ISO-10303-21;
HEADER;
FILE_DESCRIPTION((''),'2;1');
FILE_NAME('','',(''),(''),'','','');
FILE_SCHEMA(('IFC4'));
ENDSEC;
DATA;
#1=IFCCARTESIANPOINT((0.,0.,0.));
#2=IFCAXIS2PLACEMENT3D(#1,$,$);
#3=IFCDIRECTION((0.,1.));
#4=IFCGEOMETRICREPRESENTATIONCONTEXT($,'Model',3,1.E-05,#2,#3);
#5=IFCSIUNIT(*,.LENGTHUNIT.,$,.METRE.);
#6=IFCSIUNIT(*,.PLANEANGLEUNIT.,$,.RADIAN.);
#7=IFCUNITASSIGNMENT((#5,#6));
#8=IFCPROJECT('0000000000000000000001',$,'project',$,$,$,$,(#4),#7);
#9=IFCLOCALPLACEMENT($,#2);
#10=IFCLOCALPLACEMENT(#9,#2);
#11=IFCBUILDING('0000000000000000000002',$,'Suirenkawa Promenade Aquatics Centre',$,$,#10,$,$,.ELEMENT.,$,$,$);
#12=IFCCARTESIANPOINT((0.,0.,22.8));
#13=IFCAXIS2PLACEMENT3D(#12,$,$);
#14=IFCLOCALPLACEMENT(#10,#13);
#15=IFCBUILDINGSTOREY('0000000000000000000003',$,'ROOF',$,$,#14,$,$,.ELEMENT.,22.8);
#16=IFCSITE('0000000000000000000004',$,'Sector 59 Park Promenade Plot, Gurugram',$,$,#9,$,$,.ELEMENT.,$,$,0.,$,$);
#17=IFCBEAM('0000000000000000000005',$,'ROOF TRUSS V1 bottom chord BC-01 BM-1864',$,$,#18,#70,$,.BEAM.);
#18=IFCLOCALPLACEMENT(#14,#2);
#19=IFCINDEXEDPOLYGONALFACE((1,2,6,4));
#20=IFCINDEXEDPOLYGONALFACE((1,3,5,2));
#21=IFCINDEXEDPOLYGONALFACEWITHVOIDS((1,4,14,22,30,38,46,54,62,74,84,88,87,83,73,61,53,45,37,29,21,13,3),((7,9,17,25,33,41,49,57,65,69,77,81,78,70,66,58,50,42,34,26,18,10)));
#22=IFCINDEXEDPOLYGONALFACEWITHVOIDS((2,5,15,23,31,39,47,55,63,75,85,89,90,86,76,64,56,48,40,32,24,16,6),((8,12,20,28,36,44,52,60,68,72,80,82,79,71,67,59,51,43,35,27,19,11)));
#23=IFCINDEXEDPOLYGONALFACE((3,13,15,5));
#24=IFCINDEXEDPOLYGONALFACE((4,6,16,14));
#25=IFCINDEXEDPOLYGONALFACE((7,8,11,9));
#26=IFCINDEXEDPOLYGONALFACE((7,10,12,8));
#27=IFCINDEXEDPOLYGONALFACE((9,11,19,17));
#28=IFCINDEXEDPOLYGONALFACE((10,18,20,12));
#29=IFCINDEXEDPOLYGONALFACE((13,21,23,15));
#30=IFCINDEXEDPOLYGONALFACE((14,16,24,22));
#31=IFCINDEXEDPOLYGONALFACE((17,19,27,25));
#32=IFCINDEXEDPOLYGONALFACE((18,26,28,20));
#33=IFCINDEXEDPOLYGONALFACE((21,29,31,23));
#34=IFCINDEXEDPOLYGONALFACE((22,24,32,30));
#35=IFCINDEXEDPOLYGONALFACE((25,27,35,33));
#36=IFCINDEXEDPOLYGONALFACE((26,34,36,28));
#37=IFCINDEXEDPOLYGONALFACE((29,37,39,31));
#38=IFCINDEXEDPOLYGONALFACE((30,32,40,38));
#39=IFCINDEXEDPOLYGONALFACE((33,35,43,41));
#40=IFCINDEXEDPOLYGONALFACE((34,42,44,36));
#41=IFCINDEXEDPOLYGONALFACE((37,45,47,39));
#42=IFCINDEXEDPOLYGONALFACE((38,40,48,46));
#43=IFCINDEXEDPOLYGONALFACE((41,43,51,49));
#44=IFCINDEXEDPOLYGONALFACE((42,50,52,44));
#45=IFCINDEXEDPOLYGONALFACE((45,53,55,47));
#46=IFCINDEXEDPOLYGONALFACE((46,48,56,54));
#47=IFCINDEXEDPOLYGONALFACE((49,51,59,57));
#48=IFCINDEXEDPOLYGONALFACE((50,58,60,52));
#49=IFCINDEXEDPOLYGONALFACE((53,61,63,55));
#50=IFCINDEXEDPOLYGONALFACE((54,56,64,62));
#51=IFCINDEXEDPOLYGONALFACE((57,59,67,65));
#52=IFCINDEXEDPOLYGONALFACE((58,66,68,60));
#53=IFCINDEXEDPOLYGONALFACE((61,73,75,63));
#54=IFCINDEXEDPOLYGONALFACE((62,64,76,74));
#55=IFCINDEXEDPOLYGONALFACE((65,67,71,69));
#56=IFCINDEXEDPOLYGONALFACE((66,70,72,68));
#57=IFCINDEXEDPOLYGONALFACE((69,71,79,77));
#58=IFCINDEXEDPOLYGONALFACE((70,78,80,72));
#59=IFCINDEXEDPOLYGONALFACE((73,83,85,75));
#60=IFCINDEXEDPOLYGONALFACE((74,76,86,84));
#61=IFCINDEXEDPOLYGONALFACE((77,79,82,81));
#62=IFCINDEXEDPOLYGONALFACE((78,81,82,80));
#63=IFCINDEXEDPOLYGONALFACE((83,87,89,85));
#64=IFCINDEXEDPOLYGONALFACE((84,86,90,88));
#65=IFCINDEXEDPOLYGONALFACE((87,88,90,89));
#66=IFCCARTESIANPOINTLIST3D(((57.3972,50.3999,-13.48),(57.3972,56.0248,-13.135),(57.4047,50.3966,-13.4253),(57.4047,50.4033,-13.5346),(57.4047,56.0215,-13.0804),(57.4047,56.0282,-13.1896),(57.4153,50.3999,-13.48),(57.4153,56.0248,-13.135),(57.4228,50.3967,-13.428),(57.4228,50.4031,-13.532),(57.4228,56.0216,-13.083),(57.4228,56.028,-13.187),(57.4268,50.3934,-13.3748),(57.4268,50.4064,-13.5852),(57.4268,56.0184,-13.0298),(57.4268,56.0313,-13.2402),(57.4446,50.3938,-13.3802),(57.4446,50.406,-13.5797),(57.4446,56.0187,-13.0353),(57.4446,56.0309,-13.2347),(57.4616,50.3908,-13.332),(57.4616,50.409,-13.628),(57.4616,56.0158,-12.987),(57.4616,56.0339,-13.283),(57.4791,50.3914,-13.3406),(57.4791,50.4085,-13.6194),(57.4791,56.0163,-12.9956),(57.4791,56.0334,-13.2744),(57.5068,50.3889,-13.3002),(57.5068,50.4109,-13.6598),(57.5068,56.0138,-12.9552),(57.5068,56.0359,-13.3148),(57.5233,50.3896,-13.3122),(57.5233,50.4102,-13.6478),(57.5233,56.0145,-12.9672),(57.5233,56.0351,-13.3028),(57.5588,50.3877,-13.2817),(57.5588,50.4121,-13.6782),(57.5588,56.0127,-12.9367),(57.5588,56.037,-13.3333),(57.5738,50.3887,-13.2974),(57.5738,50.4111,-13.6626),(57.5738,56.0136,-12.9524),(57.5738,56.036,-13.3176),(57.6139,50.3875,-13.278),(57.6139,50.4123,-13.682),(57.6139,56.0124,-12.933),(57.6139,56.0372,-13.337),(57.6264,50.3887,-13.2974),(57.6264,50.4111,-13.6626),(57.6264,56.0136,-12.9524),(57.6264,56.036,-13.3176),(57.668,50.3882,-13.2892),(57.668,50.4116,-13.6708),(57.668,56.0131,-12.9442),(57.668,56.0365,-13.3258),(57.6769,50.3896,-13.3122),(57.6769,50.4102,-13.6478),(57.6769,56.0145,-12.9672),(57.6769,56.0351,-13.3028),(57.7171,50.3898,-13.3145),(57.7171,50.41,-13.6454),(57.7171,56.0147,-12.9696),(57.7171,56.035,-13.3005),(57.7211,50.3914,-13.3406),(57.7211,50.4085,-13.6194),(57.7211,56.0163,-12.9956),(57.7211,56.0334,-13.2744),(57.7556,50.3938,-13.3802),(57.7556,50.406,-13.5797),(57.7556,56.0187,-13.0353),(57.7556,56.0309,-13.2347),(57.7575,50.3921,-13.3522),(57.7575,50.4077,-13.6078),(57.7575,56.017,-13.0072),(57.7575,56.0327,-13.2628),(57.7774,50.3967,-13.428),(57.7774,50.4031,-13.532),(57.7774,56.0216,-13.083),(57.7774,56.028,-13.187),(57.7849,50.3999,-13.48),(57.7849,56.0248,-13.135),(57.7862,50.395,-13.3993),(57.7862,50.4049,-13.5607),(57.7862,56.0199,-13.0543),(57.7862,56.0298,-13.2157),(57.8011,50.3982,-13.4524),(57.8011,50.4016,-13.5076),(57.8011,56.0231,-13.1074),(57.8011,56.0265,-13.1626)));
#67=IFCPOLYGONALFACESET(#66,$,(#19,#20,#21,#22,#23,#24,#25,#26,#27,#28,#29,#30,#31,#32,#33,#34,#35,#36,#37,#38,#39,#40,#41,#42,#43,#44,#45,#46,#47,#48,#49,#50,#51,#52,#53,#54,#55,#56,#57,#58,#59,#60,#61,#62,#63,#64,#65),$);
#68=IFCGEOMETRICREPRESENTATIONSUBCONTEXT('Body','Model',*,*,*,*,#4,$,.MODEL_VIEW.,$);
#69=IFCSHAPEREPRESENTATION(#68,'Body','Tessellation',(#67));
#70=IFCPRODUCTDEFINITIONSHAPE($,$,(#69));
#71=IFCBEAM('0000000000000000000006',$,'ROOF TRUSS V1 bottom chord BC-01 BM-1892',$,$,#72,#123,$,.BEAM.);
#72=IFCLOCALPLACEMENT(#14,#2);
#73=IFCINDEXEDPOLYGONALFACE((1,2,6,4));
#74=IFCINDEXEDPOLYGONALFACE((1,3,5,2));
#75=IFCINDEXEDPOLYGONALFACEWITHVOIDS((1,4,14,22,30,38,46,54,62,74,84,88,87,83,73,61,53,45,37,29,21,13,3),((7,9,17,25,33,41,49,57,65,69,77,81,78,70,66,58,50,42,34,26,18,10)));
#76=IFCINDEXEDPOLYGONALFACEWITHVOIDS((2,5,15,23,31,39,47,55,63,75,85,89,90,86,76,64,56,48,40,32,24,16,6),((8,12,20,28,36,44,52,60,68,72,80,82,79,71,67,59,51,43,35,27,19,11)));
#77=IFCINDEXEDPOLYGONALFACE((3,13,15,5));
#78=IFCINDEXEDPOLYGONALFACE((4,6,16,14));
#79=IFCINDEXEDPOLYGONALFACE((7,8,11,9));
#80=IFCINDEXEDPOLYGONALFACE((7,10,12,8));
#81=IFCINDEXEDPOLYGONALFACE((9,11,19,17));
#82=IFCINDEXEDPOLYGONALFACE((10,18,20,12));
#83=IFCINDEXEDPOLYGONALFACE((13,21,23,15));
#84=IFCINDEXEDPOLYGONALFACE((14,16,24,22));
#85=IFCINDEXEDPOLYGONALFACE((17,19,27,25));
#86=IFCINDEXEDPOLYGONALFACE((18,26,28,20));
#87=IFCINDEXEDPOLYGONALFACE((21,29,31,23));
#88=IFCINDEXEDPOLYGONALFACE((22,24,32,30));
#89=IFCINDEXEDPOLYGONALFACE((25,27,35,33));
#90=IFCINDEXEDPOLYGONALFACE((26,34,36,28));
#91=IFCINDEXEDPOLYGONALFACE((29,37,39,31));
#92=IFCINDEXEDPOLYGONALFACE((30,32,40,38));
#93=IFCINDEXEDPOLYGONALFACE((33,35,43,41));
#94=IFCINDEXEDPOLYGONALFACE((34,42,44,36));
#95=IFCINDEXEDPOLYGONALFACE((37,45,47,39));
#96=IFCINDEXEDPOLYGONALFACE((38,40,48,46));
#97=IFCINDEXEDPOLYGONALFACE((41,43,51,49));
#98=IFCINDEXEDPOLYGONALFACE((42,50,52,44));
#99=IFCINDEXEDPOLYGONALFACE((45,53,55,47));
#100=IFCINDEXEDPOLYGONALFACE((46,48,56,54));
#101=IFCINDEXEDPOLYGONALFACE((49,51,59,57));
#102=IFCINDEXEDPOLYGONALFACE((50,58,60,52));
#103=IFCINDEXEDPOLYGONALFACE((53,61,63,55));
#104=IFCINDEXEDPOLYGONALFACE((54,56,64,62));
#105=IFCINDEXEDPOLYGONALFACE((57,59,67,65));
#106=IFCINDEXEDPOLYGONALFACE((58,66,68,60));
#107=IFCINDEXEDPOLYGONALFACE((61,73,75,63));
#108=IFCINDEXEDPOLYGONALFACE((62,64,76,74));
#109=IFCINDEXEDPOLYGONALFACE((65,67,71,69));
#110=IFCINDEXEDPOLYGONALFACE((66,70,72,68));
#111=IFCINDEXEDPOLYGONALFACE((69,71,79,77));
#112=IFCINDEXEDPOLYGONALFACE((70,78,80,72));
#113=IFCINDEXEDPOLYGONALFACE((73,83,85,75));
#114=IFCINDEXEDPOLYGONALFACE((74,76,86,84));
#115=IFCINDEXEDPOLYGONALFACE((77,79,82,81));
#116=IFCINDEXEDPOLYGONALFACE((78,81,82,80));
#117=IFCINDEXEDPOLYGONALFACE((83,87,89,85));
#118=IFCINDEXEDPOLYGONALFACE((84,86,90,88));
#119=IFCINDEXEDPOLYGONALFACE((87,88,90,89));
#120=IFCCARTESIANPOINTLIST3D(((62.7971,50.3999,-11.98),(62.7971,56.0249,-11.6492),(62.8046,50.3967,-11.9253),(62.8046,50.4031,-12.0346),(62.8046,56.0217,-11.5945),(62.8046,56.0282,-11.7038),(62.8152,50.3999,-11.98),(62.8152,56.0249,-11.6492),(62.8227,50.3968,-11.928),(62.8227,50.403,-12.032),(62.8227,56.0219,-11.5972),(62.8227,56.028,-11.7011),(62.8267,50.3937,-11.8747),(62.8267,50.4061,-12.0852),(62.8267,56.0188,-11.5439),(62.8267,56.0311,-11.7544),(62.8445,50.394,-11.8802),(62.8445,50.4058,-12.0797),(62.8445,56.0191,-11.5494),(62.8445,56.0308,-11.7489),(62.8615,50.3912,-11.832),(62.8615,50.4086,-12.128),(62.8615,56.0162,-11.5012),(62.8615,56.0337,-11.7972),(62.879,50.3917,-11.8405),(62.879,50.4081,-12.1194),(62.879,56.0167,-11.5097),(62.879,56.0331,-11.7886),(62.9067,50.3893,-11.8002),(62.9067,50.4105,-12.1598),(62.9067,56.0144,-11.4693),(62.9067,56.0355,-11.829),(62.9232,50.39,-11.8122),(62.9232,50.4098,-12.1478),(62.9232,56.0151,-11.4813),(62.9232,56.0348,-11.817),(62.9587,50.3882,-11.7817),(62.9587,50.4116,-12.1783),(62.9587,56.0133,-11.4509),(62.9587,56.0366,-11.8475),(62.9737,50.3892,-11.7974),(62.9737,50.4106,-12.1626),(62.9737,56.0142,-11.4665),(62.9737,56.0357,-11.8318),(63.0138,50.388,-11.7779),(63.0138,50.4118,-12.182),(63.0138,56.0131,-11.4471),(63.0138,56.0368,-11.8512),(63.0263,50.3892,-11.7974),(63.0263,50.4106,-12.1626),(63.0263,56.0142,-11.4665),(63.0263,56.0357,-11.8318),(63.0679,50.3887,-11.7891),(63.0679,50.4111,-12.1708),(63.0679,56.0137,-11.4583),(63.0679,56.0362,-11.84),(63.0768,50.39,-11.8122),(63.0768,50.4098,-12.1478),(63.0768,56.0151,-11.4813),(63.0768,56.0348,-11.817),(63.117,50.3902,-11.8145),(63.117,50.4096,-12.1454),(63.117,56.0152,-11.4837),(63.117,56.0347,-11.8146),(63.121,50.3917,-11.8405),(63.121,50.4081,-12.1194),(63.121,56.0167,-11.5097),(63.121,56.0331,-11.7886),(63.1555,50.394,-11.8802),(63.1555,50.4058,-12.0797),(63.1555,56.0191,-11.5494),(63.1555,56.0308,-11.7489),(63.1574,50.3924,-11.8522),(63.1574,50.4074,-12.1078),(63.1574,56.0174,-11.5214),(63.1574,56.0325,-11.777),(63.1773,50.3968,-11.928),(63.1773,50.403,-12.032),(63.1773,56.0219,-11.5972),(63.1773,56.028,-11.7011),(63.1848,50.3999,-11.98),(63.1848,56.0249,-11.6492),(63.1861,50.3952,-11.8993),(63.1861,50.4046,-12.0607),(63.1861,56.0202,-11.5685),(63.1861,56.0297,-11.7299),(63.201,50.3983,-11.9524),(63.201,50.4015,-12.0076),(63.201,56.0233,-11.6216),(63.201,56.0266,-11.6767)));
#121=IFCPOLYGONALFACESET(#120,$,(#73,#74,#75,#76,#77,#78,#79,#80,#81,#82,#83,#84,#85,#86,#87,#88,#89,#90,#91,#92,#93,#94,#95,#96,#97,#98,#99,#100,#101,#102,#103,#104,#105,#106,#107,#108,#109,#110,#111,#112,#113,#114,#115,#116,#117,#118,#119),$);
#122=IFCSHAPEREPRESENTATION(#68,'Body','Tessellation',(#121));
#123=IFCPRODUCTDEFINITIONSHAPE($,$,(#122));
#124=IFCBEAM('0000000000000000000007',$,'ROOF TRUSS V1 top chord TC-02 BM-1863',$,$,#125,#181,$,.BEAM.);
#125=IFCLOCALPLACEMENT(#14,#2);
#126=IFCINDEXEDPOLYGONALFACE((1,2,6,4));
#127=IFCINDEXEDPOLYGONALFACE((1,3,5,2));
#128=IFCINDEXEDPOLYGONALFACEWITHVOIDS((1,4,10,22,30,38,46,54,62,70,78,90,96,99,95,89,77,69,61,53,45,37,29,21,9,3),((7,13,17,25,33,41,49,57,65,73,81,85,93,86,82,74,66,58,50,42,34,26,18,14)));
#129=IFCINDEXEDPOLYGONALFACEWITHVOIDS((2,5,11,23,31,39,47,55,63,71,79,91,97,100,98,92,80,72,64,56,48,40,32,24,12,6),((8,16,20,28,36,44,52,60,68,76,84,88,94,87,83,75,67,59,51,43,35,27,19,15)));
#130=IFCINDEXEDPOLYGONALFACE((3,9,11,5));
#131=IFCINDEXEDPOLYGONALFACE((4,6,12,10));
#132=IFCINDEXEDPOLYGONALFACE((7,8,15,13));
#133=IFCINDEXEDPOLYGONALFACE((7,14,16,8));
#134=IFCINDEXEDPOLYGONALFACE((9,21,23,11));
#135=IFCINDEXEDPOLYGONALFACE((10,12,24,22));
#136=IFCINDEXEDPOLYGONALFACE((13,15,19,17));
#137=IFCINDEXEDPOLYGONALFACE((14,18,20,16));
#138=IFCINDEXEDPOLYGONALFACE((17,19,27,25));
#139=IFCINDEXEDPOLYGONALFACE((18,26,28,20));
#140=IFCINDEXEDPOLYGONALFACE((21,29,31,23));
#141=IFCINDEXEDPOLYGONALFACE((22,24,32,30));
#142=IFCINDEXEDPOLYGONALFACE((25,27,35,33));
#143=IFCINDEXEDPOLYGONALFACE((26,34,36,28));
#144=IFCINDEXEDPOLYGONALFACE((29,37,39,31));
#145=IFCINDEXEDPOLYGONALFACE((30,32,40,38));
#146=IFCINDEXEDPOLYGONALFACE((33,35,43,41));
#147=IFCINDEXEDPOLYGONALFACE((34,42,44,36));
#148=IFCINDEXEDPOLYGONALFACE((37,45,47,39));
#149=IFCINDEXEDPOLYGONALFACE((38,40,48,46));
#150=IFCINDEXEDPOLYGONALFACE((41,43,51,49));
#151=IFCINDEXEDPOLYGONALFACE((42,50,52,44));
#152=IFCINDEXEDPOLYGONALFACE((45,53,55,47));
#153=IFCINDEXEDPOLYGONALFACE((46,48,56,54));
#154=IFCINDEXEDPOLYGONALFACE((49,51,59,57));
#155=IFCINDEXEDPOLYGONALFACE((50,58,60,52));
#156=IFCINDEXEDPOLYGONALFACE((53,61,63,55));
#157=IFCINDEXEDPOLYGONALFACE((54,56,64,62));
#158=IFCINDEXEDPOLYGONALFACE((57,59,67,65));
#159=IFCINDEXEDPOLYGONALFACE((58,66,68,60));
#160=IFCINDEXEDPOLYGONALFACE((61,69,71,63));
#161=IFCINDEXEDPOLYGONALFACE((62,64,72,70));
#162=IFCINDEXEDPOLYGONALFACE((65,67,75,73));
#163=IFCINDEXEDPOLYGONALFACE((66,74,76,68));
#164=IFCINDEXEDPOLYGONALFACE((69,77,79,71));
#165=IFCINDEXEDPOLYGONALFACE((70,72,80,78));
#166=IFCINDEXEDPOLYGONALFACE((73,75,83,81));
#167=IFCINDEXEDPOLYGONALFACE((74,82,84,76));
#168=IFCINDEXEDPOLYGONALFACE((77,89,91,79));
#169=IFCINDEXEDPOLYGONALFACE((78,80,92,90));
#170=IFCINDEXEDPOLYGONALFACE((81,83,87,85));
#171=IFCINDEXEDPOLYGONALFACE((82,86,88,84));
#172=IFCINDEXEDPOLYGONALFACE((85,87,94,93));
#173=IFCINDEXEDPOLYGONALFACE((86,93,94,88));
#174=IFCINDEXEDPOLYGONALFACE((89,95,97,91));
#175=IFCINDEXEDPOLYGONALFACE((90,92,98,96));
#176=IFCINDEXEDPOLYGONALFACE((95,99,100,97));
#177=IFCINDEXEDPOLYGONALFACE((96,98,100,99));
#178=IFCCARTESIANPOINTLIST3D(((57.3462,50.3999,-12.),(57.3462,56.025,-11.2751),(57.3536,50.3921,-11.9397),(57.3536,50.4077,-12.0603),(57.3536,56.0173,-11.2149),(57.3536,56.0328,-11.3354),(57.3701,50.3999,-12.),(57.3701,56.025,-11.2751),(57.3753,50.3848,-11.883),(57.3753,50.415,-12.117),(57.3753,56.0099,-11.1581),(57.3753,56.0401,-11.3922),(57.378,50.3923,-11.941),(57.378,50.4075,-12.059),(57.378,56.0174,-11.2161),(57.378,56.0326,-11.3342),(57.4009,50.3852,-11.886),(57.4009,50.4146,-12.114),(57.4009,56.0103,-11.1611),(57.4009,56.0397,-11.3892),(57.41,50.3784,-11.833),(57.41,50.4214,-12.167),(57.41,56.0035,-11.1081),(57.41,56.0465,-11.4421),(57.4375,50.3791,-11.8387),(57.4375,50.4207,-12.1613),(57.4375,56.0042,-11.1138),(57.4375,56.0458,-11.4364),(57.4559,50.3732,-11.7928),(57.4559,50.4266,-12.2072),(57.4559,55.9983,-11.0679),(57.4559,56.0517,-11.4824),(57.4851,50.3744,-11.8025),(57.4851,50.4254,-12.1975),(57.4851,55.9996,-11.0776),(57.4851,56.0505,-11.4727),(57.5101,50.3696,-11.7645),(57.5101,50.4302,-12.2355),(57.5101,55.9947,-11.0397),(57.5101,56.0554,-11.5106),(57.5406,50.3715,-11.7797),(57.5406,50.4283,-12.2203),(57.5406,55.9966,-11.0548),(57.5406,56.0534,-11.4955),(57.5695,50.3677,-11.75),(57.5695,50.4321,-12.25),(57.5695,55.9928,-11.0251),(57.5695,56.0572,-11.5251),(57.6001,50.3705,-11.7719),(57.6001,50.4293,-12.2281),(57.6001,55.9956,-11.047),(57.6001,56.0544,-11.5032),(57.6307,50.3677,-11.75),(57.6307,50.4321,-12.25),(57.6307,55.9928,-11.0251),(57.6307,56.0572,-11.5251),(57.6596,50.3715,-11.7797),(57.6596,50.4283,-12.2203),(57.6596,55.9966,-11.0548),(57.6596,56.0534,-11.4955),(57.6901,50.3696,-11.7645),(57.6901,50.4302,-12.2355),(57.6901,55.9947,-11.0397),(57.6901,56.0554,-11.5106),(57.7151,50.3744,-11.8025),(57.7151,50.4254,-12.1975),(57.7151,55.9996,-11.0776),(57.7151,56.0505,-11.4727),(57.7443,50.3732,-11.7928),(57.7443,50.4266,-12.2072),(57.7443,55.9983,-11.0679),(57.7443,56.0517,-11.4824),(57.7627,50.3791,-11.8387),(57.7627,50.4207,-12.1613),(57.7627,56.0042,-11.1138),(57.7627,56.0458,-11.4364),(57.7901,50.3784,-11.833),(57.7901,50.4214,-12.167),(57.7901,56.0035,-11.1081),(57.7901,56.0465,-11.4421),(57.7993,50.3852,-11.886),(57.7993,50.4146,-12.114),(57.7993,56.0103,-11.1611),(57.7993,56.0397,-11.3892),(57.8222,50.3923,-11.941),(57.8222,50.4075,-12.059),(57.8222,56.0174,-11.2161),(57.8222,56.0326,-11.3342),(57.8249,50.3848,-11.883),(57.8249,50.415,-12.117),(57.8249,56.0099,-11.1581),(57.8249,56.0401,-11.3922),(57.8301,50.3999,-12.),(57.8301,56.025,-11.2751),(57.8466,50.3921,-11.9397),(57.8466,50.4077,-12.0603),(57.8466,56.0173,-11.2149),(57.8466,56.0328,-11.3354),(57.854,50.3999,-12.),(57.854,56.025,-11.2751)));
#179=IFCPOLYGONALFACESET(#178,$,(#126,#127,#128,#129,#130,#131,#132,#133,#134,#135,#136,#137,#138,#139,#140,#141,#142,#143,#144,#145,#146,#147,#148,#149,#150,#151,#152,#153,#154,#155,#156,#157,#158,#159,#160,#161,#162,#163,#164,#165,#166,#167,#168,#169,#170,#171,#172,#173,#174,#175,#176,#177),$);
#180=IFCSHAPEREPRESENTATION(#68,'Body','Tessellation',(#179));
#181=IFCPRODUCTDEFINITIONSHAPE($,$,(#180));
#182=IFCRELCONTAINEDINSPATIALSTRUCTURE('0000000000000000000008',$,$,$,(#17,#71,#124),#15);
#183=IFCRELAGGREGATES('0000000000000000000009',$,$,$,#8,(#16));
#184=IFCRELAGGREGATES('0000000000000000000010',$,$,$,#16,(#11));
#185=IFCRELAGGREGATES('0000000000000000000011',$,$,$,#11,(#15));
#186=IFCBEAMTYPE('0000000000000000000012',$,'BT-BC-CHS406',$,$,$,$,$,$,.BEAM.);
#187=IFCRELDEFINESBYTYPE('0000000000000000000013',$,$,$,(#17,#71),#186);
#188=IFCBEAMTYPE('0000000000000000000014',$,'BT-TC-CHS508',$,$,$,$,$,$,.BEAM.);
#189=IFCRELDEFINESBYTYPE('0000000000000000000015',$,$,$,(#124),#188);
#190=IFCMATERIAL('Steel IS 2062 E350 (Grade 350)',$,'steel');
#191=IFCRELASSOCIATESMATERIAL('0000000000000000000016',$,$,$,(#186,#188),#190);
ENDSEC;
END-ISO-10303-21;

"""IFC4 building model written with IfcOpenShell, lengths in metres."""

from ifc_helpers import new_model, si_unit, direction, frame, origin, origin_2d, place, context, subcontext, project, spatial, hollow_circle, extrude, material, material_profile, profile_set, type_object, element, save


model = new_model("IFC4")

# Units and contexts
model_context = context("Model", 3, precision=1e-05, world=origin(), true_north=direction((0.0, 1.0)))
body_context = subcontext(model_context, "Body", "Model", "MODEL_VIEW")
ifc_project = project(units=[si_unit("LENGTHUNIT", "METRE"), si_unit("PLANEANGLEUNIT", "RADIAN")], contexts=[model_context])

# Site, building, storey
site_placement = place(None, origin())
site = spatial("IfcSite", under=ifc_project, at=site_placement, Name="Sector 59 Park Promenade Plot, Gurugram", CompositionType="ELEMENT", RefElevation=0.0)
building_placement = place(site_placement, origin())
building = spatial("IfcBuilding", under=site, at=building_placement, Name="Suirenkawa Promenade Aquatics Centre", CompositionType="ELEMENT")
storey_placement = place(building_placement, frame((0.0, 0.0, 22.8)))
storey = spatial("IfcBuildingStorey", under=building, at=storey_placement, Name="ROOF", CompositionType="ELEMENT", Elevation=22.8)

# Beams
ifc_material_1 = material(Name="Steel IS 2062 E350 (Grade 350)", Category="steel")
ifc_material_profile_1 = material_profile(ifc_material_1, hollow_circle(Radius=0.2029, WallThickness=0.0181, at=origin_2d()), Name="CHS 406x18", Category="steel")
ifc_profile_set_1 = profile_set([ifc_material_profile_1], Name="Steel IS 2062 E350 (Grade 350)")
beam_type_1 = type_object("IfcBeamType", Name="BT-BC-CHS406", PredefinedType="BEAM", material=ifc_profile_set_1)
beam_1_placement = place(storey_placement, frame((57.6001, 50.3999, -13.48), z_axis=(0.0, 0.998125, 0.061213), x_axis=(-1.0, 0.0, 0.0)))
element("IfcBeam", 1, at=beam_1_placement, inside=storey, type_object=beam_type_1, Name="ROOF TRUSS V1 bottom chord BC-01 BM-1864", PredefinedType="BEAM", context=body_context, shape_type="SweptSolid", body=[
    extrude(hollow_circle(Radius=0.2029, WallThickness=0.0181, at=origin_2d()), origin(), (0.0, 0.0, 1.0), 5.6355),
])
beam_2_placement = place(storey_placement, frame((63.0, 50.3999, -11.98), z_axis=(0.0, 0.998275, 0.058709), x_axis=(-1.0, 0.0, 0.0)))
element("IfcBeam", 2, at=beam_2_placement, inside=storey, type_object=beam_type_1, Name="ROOF TRUSS V1 bottom chord BC-01 BM-1892", PredefinedType="BEAM", context=body_context, shape_type="SweptSolid", body=[
    extrude(hollow_circle(Radius=0.2029, WallThickness=0.0181, at=origin_2d()), origin(), (0.0, 0.0, 1.0), 5.6348),
])
ifc_material_profile_2 = material_profile(ifc_material_1, hollow_circle(Radius=0.2539, WallThickness=0.0239, at=origin_2d()), Name="CHS 508x24", Category="steel")
ifc_profile_set_2 = profile_set([ifc_material_profile_2], Name="Steel IS 2062 E350 (Grade 350)")
beam_type_2 = type_object("IfcBeamType", Name="BT-TC-CHS508", PredefinedType="BEAM", material=ifc_profile_set_2)
for number, where, z_axis, x_axis, name in (
    (3, (57.6001, 50.3999, -12.0), (0.0, 0.991799, 0.127806), (-1.0, 0.0, 0.0), "ROOF TRUSS V1 top chord TC-02 BM-1863"),
):
    element("IfcBeam", number, at=place(storey_placement, frame(where, z_axis=z_axis, x_axis=x_axis)), inside=storey, type_object=beam_type_2, Name=name, PredefinedType="BEAM", context=body_context, shape_type="SweptSolid", body=[
        extrude(hollow_circle(Radius=0.2539, WallThickness=0.0239, at=origin_2d()), origin(), (0.0, 0.0, 1.0), 5.6716),
    ])

save(model, "model.ifc")
